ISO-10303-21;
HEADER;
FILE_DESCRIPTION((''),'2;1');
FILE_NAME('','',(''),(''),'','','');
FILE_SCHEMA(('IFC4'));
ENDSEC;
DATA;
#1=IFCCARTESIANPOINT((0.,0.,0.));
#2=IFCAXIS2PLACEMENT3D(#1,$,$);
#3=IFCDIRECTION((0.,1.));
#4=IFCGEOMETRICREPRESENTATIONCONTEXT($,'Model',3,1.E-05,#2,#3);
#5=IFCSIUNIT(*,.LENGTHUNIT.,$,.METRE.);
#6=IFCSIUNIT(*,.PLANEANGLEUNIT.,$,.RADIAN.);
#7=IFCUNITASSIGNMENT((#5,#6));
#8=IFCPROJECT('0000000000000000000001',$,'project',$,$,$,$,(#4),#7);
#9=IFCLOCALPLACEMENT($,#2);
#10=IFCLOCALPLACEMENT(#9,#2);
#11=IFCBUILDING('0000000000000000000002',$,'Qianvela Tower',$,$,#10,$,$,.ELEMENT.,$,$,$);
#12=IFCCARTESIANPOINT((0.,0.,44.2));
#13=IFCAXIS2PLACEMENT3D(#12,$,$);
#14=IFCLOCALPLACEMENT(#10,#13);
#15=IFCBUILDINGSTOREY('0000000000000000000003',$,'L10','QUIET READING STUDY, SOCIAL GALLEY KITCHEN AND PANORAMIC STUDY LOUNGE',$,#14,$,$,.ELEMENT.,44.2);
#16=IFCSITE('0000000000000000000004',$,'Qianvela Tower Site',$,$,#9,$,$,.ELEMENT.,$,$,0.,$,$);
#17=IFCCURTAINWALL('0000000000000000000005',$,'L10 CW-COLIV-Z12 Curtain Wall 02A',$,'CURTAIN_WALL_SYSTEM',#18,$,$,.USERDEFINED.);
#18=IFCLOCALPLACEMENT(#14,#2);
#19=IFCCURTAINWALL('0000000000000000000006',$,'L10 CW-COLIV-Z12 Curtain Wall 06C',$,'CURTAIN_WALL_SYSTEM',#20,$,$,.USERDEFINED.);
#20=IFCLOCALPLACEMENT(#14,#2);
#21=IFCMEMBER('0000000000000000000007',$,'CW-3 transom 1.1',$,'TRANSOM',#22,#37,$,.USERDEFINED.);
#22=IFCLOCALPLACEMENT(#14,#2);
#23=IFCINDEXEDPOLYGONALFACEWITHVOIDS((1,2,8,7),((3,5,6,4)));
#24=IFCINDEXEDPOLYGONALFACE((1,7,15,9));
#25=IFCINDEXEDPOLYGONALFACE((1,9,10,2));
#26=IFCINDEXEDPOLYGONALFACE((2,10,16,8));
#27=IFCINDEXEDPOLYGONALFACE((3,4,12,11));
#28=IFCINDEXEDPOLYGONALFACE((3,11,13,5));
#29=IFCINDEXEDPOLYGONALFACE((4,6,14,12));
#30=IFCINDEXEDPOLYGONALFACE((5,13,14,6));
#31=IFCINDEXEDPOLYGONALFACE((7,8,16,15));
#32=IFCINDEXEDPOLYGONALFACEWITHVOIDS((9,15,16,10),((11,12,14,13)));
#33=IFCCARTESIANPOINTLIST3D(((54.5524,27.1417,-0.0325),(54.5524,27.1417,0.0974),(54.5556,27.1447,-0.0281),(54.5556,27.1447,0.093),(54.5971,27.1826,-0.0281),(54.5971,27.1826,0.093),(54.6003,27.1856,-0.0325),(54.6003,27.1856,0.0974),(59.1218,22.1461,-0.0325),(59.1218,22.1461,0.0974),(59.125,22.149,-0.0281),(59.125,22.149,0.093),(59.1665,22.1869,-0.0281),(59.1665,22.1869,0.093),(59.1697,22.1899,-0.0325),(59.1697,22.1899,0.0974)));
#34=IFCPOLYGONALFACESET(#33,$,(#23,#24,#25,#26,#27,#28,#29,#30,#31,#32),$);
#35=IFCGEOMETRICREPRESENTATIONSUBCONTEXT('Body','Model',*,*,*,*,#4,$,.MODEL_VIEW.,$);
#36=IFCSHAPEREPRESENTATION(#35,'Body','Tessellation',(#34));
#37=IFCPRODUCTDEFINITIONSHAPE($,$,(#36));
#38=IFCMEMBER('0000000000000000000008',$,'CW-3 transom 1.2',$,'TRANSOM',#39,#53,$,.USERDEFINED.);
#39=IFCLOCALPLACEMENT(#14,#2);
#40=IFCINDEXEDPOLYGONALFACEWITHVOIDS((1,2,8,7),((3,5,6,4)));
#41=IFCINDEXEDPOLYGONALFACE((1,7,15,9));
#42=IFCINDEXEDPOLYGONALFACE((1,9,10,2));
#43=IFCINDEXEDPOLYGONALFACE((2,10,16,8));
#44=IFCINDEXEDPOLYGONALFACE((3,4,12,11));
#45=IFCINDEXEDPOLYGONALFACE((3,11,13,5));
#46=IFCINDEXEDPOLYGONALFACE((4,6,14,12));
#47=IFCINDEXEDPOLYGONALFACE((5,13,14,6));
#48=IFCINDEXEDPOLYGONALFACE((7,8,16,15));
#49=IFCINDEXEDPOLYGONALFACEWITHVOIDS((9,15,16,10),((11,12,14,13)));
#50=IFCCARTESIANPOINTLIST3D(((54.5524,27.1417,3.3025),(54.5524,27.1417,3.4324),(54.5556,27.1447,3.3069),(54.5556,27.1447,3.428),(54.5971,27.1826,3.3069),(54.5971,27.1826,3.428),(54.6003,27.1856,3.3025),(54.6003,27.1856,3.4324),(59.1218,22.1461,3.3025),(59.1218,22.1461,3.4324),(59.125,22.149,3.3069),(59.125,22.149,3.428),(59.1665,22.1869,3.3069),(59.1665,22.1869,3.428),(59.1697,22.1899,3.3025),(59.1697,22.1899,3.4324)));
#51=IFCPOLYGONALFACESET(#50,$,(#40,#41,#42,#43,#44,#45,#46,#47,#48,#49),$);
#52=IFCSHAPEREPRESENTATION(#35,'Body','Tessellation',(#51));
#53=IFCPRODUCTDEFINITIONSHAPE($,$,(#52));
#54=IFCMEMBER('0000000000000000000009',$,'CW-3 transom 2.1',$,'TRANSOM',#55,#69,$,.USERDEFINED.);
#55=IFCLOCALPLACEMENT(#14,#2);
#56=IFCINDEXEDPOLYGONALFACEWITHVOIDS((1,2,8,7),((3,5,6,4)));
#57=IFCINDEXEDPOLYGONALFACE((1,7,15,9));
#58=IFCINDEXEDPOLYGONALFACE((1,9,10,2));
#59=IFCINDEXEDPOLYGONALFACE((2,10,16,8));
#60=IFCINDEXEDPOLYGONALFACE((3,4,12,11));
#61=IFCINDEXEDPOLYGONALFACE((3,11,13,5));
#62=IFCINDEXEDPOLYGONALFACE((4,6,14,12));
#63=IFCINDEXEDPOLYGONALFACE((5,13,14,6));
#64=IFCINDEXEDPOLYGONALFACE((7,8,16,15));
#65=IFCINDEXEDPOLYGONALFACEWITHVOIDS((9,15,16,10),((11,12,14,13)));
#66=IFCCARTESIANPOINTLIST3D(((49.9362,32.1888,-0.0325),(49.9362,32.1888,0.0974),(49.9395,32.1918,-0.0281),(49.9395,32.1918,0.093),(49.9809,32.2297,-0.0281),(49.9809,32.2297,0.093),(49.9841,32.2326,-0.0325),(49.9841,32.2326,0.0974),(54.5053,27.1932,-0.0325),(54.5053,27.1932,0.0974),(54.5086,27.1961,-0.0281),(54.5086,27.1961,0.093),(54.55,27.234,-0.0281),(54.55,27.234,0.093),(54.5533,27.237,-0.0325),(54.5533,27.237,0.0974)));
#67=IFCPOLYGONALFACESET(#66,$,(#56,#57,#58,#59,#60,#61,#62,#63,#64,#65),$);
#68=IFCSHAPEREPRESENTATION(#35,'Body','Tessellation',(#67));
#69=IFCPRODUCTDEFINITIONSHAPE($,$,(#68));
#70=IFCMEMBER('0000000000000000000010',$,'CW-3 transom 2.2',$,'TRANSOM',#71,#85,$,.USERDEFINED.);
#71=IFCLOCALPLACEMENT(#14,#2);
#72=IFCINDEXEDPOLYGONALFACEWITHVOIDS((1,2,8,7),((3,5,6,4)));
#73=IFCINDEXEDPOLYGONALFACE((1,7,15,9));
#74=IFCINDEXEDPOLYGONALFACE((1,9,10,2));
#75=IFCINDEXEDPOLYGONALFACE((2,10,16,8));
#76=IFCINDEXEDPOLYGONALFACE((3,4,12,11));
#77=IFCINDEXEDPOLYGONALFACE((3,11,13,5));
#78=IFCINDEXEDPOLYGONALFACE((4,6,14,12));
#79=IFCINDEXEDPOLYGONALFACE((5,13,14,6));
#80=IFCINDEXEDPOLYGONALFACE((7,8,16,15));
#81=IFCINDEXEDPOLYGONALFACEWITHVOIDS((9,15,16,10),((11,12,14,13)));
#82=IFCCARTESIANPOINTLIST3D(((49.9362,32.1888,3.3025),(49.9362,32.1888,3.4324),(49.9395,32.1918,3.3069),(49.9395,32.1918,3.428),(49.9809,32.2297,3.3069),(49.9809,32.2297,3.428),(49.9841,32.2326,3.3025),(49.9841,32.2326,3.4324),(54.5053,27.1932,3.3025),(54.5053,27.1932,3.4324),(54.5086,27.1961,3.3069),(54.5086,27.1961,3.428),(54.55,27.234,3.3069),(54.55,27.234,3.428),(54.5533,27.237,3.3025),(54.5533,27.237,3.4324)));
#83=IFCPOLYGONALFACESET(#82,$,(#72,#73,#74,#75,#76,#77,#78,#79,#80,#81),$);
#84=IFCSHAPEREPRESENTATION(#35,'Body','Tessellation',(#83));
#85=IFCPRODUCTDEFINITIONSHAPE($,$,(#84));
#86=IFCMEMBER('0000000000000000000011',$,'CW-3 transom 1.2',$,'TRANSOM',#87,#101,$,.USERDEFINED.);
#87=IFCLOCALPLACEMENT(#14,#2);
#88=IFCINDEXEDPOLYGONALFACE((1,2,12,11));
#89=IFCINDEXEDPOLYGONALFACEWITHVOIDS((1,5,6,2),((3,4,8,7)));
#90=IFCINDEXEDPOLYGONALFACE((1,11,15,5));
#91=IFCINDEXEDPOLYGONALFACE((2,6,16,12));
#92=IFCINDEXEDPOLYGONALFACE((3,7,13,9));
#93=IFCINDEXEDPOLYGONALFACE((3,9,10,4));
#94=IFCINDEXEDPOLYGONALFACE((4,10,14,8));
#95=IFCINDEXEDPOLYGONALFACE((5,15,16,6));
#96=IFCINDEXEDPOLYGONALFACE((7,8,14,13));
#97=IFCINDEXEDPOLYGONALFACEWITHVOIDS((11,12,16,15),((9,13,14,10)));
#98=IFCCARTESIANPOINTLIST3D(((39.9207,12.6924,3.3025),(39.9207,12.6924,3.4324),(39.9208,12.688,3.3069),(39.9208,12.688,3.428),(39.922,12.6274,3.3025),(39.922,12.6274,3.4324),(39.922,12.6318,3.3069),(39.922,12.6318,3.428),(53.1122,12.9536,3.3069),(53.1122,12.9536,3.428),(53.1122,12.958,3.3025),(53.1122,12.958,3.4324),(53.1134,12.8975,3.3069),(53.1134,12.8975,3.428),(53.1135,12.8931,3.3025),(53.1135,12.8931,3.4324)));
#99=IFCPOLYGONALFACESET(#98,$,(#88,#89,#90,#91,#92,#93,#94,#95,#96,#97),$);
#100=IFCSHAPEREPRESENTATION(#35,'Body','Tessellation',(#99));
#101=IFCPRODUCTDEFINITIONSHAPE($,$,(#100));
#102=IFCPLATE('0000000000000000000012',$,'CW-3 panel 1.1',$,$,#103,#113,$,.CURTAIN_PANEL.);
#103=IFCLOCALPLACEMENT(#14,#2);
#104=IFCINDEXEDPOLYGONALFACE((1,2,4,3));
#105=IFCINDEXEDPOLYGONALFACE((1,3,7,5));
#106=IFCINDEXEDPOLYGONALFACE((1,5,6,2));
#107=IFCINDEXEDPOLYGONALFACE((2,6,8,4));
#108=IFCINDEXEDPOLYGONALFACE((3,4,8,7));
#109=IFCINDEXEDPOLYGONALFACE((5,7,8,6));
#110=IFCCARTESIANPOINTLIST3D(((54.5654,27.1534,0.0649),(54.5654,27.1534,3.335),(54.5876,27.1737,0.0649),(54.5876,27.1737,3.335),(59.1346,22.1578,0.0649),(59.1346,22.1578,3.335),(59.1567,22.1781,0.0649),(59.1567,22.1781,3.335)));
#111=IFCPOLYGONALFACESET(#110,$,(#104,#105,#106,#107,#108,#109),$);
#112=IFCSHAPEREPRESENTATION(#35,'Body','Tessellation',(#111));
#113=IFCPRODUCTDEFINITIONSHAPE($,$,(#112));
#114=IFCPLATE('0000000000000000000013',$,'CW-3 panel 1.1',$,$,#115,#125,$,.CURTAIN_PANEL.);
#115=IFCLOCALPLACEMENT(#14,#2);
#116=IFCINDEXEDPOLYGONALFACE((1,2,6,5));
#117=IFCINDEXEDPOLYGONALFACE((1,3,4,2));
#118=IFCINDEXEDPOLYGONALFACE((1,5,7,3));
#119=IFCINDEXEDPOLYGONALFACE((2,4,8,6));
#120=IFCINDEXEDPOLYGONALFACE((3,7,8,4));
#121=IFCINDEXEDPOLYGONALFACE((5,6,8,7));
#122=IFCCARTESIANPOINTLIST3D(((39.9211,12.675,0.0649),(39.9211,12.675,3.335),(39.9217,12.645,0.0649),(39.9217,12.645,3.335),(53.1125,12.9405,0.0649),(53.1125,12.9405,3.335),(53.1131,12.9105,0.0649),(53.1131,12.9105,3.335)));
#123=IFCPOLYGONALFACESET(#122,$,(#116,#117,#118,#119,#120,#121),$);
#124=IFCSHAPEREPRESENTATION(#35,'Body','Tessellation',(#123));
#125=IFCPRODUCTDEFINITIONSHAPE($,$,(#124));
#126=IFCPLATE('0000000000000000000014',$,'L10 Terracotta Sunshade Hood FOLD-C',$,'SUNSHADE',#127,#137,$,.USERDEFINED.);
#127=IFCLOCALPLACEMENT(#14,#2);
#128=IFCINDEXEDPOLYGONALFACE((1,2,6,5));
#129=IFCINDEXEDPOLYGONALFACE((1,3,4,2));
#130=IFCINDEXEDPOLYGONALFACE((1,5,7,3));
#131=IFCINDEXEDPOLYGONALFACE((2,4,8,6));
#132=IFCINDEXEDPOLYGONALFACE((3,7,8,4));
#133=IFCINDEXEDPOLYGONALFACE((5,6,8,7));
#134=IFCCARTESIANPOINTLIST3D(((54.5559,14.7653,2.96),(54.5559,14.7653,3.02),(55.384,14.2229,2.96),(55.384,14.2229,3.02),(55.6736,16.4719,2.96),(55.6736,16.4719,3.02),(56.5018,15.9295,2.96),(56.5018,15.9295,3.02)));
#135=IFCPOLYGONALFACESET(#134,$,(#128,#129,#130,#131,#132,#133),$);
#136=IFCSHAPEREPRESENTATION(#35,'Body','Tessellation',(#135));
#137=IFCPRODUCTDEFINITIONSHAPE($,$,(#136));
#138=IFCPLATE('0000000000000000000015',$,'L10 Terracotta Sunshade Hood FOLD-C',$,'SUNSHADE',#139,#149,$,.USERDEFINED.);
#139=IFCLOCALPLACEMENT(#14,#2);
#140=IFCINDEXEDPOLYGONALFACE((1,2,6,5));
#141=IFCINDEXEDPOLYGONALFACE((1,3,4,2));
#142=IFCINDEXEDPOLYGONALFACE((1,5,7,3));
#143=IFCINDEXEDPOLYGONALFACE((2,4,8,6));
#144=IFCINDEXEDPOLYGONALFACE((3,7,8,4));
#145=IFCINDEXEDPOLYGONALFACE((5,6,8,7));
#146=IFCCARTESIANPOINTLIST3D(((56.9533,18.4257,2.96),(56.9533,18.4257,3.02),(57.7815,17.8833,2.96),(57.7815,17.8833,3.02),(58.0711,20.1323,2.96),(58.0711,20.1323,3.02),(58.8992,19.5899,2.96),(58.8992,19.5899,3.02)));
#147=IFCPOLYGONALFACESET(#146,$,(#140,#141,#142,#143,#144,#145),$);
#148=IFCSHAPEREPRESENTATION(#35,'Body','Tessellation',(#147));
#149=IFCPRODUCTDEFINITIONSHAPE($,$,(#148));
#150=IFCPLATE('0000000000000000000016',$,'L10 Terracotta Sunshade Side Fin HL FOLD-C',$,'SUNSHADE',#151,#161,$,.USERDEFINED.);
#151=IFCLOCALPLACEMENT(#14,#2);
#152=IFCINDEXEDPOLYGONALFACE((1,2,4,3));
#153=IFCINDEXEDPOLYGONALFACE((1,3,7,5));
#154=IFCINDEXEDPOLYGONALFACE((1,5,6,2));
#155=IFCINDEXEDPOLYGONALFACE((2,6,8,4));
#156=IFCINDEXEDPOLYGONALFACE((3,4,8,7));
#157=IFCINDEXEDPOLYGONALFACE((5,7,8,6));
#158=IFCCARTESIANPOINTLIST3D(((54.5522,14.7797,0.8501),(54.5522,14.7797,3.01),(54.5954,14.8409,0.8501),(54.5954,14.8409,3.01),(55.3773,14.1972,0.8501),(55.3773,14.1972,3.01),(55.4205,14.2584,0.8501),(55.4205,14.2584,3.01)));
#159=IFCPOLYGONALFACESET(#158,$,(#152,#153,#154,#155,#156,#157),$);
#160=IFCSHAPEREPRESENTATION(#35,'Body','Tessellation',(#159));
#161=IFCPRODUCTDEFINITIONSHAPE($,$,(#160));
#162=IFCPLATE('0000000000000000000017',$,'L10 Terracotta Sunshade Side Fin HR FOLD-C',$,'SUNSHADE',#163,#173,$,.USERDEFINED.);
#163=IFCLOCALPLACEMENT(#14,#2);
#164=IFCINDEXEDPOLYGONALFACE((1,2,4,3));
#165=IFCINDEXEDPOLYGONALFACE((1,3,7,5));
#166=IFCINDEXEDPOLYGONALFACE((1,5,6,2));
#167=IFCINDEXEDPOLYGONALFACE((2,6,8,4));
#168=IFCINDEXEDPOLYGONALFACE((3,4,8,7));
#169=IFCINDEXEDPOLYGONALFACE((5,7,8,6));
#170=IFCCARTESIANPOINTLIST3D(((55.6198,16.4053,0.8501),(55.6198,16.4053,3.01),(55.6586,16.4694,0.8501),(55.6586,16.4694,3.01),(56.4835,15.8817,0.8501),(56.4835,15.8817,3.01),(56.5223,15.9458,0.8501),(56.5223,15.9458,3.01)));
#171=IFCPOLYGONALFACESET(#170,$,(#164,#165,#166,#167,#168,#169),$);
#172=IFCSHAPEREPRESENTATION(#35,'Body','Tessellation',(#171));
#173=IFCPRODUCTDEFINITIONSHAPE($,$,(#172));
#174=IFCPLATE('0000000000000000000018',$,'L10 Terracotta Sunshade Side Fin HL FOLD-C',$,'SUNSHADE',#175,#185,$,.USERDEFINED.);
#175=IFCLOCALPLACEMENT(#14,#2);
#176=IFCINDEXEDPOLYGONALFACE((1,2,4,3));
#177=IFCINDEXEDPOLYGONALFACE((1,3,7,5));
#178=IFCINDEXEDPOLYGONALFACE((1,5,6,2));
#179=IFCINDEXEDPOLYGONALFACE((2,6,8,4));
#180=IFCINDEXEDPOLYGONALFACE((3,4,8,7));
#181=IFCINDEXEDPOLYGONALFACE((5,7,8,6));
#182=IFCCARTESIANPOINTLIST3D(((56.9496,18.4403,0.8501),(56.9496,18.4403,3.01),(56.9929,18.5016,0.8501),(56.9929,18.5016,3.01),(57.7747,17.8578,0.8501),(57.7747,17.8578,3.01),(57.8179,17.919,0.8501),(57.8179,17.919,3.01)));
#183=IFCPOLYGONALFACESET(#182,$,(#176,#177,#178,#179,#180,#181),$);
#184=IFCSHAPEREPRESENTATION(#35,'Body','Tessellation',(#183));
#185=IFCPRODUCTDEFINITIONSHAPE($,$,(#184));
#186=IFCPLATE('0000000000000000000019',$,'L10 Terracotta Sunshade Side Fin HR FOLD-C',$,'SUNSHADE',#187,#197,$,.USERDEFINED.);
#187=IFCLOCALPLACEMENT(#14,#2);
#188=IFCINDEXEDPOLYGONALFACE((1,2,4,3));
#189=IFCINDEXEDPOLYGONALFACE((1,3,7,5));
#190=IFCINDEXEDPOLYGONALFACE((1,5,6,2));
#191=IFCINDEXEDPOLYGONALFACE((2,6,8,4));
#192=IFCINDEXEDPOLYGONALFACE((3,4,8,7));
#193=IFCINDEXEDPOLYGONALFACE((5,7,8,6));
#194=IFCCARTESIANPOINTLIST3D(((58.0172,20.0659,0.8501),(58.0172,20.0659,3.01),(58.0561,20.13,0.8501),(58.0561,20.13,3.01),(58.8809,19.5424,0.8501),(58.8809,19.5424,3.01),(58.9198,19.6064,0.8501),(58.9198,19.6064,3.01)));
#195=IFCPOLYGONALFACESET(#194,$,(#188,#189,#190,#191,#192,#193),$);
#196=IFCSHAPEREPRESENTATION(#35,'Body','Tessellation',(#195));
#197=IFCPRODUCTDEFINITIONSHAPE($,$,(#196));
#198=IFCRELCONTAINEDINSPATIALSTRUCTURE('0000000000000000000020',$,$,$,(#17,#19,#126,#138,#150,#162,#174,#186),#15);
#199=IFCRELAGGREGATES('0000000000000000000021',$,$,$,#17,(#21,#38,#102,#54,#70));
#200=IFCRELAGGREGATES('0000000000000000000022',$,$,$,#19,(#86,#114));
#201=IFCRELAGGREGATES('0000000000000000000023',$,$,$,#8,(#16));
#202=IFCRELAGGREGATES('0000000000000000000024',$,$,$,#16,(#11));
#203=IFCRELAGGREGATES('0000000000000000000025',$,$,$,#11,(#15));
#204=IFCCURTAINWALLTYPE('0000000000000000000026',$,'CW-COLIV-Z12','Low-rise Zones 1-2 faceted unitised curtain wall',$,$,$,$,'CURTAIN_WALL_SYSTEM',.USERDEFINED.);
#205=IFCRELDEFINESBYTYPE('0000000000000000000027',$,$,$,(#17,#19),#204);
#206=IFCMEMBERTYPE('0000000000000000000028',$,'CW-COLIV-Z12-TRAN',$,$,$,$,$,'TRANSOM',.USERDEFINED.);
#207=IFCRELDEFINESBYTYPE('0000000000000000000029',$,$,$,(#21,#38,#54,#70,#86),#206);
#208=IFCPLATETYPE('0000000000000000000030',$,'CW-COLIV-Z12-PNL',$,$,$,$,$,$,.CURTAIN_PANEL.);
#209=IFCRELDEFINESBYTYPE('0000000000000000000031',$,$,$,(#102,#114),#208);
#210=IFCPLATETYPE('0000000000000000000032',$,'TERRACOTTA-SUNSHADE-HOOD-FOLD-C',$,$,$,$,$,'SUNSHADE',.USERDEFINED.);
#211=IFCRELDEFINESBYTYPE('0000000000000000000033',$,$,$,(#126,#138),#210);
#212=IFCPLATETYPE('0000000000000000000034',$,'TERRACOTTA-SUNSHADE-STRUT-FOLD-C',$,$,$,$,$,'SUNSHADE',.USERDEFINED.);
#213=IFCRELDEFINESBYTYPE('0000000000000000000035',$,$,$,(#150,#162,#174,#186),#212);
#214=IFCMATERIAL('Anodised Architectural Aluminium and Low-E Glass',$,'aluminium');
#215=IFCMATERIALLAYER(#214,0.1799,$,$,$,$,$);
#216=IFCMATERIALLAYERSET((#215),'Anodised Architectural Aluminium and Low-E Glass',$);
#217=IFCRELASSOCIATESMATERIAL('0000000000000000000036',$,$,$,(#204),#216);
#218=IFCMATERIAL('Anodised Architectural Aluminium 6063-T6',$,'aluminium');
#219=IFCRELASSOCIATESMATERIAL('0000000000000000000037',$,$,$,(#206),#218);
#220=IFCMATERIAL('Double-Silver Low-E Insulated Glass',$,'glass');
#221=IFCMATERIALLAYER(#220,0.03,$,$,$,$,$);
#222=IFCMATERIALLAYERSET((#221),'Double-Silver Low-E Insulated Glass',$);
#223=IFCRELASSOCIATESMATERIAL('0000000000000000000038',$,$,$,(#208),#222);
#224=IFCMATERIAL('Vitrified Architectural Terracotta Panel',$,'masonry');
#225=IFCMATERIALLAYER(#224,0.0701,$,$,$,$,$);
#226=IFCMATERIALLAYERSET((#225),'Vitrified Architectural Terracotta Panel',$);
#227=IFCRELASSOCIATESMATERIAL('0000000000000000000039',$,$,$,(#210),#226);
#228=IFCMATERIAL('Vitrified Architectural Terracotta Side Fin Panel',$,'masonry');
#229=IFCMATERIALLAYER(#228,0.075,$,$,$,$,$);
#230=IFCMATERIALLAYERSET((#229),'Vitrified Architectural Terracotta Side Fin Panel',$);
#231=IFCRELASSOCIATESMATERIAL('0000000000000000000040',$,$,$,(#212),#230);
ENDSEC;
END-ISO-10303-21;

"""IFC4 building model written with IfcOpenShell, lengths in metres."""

from ifc_helpers import new_model, si_unit, direction, frame, origin, origin_2d, place, context, subcontext, project, spatial, rectangle, hollow_rectangle, extrude, material, layer, layer_set, material_profile, profile_set, type_object, element, aggregate, save


model = new_model("IFC4")

# Units and contexts
model_context = context("Model", 3, precision=1e-05, world=origin(), true_north=direction((0.0, 1.0)))
body_context = subcontext(model_context, "Body", "Model", "MODEL_VIEW")
ifc_project = project(units=[si_unit("LENGTHUNIT", "METRE"), si_unit("PLANEANGLEUNIT", "RADIAN")], contexts=[model_context])

# Site, building, storey
site_placement = place(None, origin())
site = spatial("IfcSite", under=ifc_project, at=site_placement, Name="Qianvela Tower Site", CompositionType="ELEMENT", RefElevation=0.0)
building_placement = place(site_placement, origin())
building = spatial("IfcBuilding", under=site, at=building_placement, Name="Qianvela Tower", CompositionType="ELEMENT")
storey_placement = place(building_placement, frame((0.0, 0.0, 44.2)))
storey = spatial("IfcBuildingStorey", under=building, at=storey_placement, Name="L10", Description="QUIET READING STUDY, SOCIAL GALLEY KITCHEN AND PANORAMIC STUDY LOUNGE", CompositionType="ELEMENT", Elevation=44.2)

# Curtain wall
ifc_material_1 = material(Name="Anodised Architectural Aluminium and Low-E Glass", Category="aluminium")
ifc_layer_1 = layer(ifc_material_1, 0.1799)
ifc_layer_set_1 = layer_set([ifc_layer_1], Name="Anodised Architectural Aluminium and Low-E Glass")
curtain_wall_type = type_object("IfcCurtainWallType", Name="CW-COLIV-Z12", Description="Low-rise Zones 1-2 faceted unitised curtain wall", ElementType="CURTAIN_WALL_SYSTEM", PredefinedType="USERDEFINED", material=ifc_layer_set_1)
curtain_wall_1_placement = place(storey_placement, origin())
curtain_wall_1 = element("IfcCurtainWall", 1, at=curtain_wall_1_placement, inside=storey, type_object=curtain_wall_type, Name="L10 CW-COLIV-Z12 Curtain Wall 02A", ObjectType="CURTAIN_WALL_SYSTEM", PredefinedType="USERDEFINED")

# Curtain wall
curtain_wall_2_placement = place(storey_placement, origin())
curtain_wall_2 = element("IfcCurtainWall", 2, at=curtain_wall_2_placement, inside=storey, type_object=curtain_wall_type, Name="L10 CW-COLIV-Z12 Curtain Wall 06C", ObjectType="CURTAIN_WALL_SYSTEM", PredefinedType="USERDEFINED")

# Members
ifc_material_2 = material(Name="Anodised Architectural Aluminium 6063-T6", Category="aluminium")
ifc_material_profile_1 = material_profile(ifc_material_2, hollow_rectangle(XDim=0.0649, YDim=0.1299, WallThickness=0.0044, at=origin_2d()), Name="ALU-TRAN-65x130")
ifc_profile_set_1 = profile_set([ifc_material_profile_1], Name="Anodised Architectural Aluminium 6063-T6")
member_type_1 = type_object("IfcMemberType", Name="CW-COLIV-Z12-TRAN", ElementType="TRANSOM", PredefinedType="USERDEFINED", material=ifc_profile_set_1)
member_1_placement = place(storey_placement, frame((59.1458, 22.168, 0.0325), z_axis=(-0.674924, 0.737887, 0.0), x_axis=(-0.737887, -0.674924, 0.0)))
member_1 = element("IfcMember", 3, at=member_1_placement, type_object=member_type_1, Name="CW-3 transom 1.1", ObjectType="TRANSOM", PredefinedType="USERDEFINED", context=body_context, shape_type="SweptSolid", body=[
    extrude(hollow_rectangle(XDim=0.0649, YDim=0.1299, WallThickness=0.0044, at=origin_2d()), origin(), (0.0, 0.0, 1.0), 6.7703),
])
member_2_placement = place(storey_placement, frame((59.1458, 22.168, 3.3674), z_axis=(-0.674924, 0.737887, 0.0), x_axis=(-0.737887, -0.674924, 0.0)))
member_2 = element("IfcMember", 4, at=member_2_placement, type_object=member_type_1, Name="CW-3 transom 1.2", ObjectType="TRANSOM", PredefinedType="USERDEFINED", context=body_context, shape_type="SweptSolid", body=[
    extrude(hollow_rectangle(XDim=0.0649, YDim=0.1299, WallThickness=0.0044, at=origin_2d()), origin(), (0.0, 0.0, 1.0), 6.7703),
])
member_3_placement = place(storey_placement, frame((54.5293, 27.2151, 0.0325), z_axis=(-0.674904, 0.737905, 0.0), x_axis=(-0.737905, -0.674904, 0.0)))
member_3 = element("IfcMember", 5, at=member_3_placement, type_object=member_type_1, Name="CW-3 transom 2.1", ObjectType="TRANSOM", PredefinedType="USERDEFINED", context=body_context, shape_type="SweptSolid", body=[
    extrude(hollow_rectangle(XDim=0.0649, YDim=0.1299, WallThickness=0.0044, at=origin_2d()), origin(), (0.0, 0.0, 1.0), 6.77),
])
member_4_placement = place(storey_placement, frame((54.5293, 27.2151, 3.3674), z_axis=(-0.674904, 0.737905, 0.0), x_axis=(-0.737905, -0.674904, 0.0)))
member_4 = element("IfcMember", 6, at=member_4_placement, type_object=member_type_1, Name="CW-3 transom 2.2", ObjectType="TRANSOM", PredefinedType="USERDEFINED", context=body_context, shape_type="SweptSolid", body=[
    extrude(hollow_rectangle(XDim=0.0649, YDim=0.1299, WallThickness=0.0044, at=origin_2d()), origin(), (0.0, 0.0, 1.0), 6.77),
])
member_5_placement = place(storey_placement, frame((39.9214, 12.6599, 3.3674), z_axis=(0.999797, 0.020132, 0.0), x_axis=(-0.020132, 0.999797, 0.0)))
member_5 = element("IfcMember", 7, at=member_5_placement, type_object=member_type_1, Name="CW-3 transom 1.2", ObjectType="TRANSOM", PredefinedType="USERDEFINED", context=body_context, shape_type="SweptSolid", body=[
    extrude(hollow_rectangle(XDim=0.0649, YDim=0.1299, WallThickness=0.0044, at=origin_2d()), origin(), (0.0, 0.0, 1.0), 13.1941),
])

# Plates
ifc_material_3 = material(Name="Double-Silver Low-E Insulated Glass", Category="glass")
ifc_layer_2 = layer(ifc_material_3, 0.03)
ifc_layer_set_2 = layer_set([ifc_layer_2], Name="Double-Silver Low-E Insulated Glass")
plate_type_1 = type_object("IfcPlateType", Name="CW-COLIV-Z12-PNL", PredefinedType="CURTAIN_PANEL", material=ifc_layer_set_2)
plate_1_placement = place(storey_placement, frame((56.8611, 24.6658, 0.0649), z_axis=(0.0, 0.0, 1.0), x_axis=(-0.674907, 0.737903, 0.0)))
plate_1 = element("IfcPlate", 8, at=plate_1_placement, type_object=plate_type_1, Name="CW-3 panel 1.1", PredefinedType="CURTAIN_PANEL", context=body_context, shape_type="SweptSolid", body=[
    extrude(rectangle(XDim=6.77, YDim=0.03, at=origin_2d()), origin(), (0.0, 0.0, 1.0), 3.27),
])
aggregate(curtain_wall_1, [member_1, member_2, plate_1, member_3, member_4])
plate_2_placement = place(storey_placement, frame((46.5171, 12.7927, 0.0649), z_axis=(0.0, 0.0, 1.0), x_axis=(0.999798, 0.020121, 0.0)))
plate_2 = element("IfcPlate", 9, at=plate_2_placement, type_object=plate_type_1, Name="CW-3 panel 1.1", PredefinedType="CURTAIN_PANEL", context=body_context, shape_type="SweptSolid", body=[
    extrude(rectangle(XDim=13.1941, YDim=0.03, at=origin_2d()), origin(), (0.0, 0.0, 1.0), 3.27),
])
aggregate(curtain_wall_2, [member_5, plate_2])

# Plates
ifc_material_4 = material(Name="Vitrified Architectural Terracotta Panel", Category="masonry")
ifc_layer_3 = layer(ifc_material_4, 0.0701)
ifc_layer_set_3 = layer_set([ifc_layer_3], Name="Vitrified Architectural Terracotta Panel")
plate_type_2 = type_object("IfcPlateType", Name="TERRACOTTA-SUNSHADE-HOOD-FOLD-C", ElementType="SUNSHADE", PredefinedType="USERDEFINED", material=ifc_layer_set_3)
for number, where, z_axis, x_axis, name in (
    (10, (55.5288, 15.3474, 2.96), (0.0, 0.0, 1.0), (0.547902, 0.836543, 0.0), "L10 Terracotta Sunshade Hood FOLD-C"),
    (11, (57.9263, 19.0078, 2.96), (0.0, 0.0, 1.0), (0.547902, 0.836543, 0.0), "L10 Terracotta Sunshade Hood FOLD-C"),
):
    element("IfcPlate", number, at=place(storey_placement, frame(where, z_axis=z_axis, x_axis=x_axis)), inside=storey, type_object=plate_type_2, Name=name, ObjectType="SUNSHADE", PredefinedType="USERDEFINED", context=body_context, shape_type="SweptSolid", body=[
        extrude(rectangle(XDim=2.04, YDim=0.99, at=origin_2d()), origin(), (0.0, 0.0, 1.0), 0.0601),
    ])
ifc_material_5 = material(Name="Vitrified Architectural Terracotta Side Fin Panel", Category="masonry")
ifc_layer_4 = layer(ifc_material_5, 0.075)
ifc_layer_set_4 = layer_set([ifc_layer_4], Name="Vitrified Architectural Terracotta Side Fin Panel")
plate_type_3 = type_object("IfcPlateType", Name="TERRACOTTA-SUNSHADE-STRUT-FOLD-C", ElementType="SUNSHADE", PredefinedType="USERDEFINED", material=ifc_layer_set_4)
for number, where, z_axis, x_axis, name in (
    (12, (54.9863, 14.519, 0.8501), (0.0, 0.0, 1.0), (0.576763, 0.816911, 0.0), "L10 Terracotta Sunshade Side Fin HL FOLD-C"),
    (13, (56.071, 16.1755, 0.8501), (0.0, 0.0, 1.0), (0.518373, 0.855154, 0.0), "L10 Terracotta Sunshade Side Fin HR FOLD-C"),
    (14, (57.3838, 18.1797, 0.8501), (0.0, 0.0, 1.0), (0.576763, 0.816911, 0.0), "L10 Terracotta Sunshade Side Fin HL FOLD-C"),
    (15, (58.4685, 19.8362, 0.8501), (0.0, 0.0, 1.0), (0.518373, 0.855154, 0.0), "L10 Terracotta Sunshade Side Fin HR FOLD-C"),
):
    element("IfcPlate", number, at=place(storey_placement, frame(where, z_axis=z_axis, x_axis=x_axis)), inside=storey, type_object=plate_type_3, Name=name, ObjectType="SUNSHADE", PredefinedType="USERDEFINED", context=body_context, shape_type="SweptSolid", body=[
        extrude(rectangle(XDim=0.075, YDim=1.01, at=origin_2d()), origin(), (0.0, 0.0, 1.0), 2.1599),
    ])

save(model, "model.ifc")
